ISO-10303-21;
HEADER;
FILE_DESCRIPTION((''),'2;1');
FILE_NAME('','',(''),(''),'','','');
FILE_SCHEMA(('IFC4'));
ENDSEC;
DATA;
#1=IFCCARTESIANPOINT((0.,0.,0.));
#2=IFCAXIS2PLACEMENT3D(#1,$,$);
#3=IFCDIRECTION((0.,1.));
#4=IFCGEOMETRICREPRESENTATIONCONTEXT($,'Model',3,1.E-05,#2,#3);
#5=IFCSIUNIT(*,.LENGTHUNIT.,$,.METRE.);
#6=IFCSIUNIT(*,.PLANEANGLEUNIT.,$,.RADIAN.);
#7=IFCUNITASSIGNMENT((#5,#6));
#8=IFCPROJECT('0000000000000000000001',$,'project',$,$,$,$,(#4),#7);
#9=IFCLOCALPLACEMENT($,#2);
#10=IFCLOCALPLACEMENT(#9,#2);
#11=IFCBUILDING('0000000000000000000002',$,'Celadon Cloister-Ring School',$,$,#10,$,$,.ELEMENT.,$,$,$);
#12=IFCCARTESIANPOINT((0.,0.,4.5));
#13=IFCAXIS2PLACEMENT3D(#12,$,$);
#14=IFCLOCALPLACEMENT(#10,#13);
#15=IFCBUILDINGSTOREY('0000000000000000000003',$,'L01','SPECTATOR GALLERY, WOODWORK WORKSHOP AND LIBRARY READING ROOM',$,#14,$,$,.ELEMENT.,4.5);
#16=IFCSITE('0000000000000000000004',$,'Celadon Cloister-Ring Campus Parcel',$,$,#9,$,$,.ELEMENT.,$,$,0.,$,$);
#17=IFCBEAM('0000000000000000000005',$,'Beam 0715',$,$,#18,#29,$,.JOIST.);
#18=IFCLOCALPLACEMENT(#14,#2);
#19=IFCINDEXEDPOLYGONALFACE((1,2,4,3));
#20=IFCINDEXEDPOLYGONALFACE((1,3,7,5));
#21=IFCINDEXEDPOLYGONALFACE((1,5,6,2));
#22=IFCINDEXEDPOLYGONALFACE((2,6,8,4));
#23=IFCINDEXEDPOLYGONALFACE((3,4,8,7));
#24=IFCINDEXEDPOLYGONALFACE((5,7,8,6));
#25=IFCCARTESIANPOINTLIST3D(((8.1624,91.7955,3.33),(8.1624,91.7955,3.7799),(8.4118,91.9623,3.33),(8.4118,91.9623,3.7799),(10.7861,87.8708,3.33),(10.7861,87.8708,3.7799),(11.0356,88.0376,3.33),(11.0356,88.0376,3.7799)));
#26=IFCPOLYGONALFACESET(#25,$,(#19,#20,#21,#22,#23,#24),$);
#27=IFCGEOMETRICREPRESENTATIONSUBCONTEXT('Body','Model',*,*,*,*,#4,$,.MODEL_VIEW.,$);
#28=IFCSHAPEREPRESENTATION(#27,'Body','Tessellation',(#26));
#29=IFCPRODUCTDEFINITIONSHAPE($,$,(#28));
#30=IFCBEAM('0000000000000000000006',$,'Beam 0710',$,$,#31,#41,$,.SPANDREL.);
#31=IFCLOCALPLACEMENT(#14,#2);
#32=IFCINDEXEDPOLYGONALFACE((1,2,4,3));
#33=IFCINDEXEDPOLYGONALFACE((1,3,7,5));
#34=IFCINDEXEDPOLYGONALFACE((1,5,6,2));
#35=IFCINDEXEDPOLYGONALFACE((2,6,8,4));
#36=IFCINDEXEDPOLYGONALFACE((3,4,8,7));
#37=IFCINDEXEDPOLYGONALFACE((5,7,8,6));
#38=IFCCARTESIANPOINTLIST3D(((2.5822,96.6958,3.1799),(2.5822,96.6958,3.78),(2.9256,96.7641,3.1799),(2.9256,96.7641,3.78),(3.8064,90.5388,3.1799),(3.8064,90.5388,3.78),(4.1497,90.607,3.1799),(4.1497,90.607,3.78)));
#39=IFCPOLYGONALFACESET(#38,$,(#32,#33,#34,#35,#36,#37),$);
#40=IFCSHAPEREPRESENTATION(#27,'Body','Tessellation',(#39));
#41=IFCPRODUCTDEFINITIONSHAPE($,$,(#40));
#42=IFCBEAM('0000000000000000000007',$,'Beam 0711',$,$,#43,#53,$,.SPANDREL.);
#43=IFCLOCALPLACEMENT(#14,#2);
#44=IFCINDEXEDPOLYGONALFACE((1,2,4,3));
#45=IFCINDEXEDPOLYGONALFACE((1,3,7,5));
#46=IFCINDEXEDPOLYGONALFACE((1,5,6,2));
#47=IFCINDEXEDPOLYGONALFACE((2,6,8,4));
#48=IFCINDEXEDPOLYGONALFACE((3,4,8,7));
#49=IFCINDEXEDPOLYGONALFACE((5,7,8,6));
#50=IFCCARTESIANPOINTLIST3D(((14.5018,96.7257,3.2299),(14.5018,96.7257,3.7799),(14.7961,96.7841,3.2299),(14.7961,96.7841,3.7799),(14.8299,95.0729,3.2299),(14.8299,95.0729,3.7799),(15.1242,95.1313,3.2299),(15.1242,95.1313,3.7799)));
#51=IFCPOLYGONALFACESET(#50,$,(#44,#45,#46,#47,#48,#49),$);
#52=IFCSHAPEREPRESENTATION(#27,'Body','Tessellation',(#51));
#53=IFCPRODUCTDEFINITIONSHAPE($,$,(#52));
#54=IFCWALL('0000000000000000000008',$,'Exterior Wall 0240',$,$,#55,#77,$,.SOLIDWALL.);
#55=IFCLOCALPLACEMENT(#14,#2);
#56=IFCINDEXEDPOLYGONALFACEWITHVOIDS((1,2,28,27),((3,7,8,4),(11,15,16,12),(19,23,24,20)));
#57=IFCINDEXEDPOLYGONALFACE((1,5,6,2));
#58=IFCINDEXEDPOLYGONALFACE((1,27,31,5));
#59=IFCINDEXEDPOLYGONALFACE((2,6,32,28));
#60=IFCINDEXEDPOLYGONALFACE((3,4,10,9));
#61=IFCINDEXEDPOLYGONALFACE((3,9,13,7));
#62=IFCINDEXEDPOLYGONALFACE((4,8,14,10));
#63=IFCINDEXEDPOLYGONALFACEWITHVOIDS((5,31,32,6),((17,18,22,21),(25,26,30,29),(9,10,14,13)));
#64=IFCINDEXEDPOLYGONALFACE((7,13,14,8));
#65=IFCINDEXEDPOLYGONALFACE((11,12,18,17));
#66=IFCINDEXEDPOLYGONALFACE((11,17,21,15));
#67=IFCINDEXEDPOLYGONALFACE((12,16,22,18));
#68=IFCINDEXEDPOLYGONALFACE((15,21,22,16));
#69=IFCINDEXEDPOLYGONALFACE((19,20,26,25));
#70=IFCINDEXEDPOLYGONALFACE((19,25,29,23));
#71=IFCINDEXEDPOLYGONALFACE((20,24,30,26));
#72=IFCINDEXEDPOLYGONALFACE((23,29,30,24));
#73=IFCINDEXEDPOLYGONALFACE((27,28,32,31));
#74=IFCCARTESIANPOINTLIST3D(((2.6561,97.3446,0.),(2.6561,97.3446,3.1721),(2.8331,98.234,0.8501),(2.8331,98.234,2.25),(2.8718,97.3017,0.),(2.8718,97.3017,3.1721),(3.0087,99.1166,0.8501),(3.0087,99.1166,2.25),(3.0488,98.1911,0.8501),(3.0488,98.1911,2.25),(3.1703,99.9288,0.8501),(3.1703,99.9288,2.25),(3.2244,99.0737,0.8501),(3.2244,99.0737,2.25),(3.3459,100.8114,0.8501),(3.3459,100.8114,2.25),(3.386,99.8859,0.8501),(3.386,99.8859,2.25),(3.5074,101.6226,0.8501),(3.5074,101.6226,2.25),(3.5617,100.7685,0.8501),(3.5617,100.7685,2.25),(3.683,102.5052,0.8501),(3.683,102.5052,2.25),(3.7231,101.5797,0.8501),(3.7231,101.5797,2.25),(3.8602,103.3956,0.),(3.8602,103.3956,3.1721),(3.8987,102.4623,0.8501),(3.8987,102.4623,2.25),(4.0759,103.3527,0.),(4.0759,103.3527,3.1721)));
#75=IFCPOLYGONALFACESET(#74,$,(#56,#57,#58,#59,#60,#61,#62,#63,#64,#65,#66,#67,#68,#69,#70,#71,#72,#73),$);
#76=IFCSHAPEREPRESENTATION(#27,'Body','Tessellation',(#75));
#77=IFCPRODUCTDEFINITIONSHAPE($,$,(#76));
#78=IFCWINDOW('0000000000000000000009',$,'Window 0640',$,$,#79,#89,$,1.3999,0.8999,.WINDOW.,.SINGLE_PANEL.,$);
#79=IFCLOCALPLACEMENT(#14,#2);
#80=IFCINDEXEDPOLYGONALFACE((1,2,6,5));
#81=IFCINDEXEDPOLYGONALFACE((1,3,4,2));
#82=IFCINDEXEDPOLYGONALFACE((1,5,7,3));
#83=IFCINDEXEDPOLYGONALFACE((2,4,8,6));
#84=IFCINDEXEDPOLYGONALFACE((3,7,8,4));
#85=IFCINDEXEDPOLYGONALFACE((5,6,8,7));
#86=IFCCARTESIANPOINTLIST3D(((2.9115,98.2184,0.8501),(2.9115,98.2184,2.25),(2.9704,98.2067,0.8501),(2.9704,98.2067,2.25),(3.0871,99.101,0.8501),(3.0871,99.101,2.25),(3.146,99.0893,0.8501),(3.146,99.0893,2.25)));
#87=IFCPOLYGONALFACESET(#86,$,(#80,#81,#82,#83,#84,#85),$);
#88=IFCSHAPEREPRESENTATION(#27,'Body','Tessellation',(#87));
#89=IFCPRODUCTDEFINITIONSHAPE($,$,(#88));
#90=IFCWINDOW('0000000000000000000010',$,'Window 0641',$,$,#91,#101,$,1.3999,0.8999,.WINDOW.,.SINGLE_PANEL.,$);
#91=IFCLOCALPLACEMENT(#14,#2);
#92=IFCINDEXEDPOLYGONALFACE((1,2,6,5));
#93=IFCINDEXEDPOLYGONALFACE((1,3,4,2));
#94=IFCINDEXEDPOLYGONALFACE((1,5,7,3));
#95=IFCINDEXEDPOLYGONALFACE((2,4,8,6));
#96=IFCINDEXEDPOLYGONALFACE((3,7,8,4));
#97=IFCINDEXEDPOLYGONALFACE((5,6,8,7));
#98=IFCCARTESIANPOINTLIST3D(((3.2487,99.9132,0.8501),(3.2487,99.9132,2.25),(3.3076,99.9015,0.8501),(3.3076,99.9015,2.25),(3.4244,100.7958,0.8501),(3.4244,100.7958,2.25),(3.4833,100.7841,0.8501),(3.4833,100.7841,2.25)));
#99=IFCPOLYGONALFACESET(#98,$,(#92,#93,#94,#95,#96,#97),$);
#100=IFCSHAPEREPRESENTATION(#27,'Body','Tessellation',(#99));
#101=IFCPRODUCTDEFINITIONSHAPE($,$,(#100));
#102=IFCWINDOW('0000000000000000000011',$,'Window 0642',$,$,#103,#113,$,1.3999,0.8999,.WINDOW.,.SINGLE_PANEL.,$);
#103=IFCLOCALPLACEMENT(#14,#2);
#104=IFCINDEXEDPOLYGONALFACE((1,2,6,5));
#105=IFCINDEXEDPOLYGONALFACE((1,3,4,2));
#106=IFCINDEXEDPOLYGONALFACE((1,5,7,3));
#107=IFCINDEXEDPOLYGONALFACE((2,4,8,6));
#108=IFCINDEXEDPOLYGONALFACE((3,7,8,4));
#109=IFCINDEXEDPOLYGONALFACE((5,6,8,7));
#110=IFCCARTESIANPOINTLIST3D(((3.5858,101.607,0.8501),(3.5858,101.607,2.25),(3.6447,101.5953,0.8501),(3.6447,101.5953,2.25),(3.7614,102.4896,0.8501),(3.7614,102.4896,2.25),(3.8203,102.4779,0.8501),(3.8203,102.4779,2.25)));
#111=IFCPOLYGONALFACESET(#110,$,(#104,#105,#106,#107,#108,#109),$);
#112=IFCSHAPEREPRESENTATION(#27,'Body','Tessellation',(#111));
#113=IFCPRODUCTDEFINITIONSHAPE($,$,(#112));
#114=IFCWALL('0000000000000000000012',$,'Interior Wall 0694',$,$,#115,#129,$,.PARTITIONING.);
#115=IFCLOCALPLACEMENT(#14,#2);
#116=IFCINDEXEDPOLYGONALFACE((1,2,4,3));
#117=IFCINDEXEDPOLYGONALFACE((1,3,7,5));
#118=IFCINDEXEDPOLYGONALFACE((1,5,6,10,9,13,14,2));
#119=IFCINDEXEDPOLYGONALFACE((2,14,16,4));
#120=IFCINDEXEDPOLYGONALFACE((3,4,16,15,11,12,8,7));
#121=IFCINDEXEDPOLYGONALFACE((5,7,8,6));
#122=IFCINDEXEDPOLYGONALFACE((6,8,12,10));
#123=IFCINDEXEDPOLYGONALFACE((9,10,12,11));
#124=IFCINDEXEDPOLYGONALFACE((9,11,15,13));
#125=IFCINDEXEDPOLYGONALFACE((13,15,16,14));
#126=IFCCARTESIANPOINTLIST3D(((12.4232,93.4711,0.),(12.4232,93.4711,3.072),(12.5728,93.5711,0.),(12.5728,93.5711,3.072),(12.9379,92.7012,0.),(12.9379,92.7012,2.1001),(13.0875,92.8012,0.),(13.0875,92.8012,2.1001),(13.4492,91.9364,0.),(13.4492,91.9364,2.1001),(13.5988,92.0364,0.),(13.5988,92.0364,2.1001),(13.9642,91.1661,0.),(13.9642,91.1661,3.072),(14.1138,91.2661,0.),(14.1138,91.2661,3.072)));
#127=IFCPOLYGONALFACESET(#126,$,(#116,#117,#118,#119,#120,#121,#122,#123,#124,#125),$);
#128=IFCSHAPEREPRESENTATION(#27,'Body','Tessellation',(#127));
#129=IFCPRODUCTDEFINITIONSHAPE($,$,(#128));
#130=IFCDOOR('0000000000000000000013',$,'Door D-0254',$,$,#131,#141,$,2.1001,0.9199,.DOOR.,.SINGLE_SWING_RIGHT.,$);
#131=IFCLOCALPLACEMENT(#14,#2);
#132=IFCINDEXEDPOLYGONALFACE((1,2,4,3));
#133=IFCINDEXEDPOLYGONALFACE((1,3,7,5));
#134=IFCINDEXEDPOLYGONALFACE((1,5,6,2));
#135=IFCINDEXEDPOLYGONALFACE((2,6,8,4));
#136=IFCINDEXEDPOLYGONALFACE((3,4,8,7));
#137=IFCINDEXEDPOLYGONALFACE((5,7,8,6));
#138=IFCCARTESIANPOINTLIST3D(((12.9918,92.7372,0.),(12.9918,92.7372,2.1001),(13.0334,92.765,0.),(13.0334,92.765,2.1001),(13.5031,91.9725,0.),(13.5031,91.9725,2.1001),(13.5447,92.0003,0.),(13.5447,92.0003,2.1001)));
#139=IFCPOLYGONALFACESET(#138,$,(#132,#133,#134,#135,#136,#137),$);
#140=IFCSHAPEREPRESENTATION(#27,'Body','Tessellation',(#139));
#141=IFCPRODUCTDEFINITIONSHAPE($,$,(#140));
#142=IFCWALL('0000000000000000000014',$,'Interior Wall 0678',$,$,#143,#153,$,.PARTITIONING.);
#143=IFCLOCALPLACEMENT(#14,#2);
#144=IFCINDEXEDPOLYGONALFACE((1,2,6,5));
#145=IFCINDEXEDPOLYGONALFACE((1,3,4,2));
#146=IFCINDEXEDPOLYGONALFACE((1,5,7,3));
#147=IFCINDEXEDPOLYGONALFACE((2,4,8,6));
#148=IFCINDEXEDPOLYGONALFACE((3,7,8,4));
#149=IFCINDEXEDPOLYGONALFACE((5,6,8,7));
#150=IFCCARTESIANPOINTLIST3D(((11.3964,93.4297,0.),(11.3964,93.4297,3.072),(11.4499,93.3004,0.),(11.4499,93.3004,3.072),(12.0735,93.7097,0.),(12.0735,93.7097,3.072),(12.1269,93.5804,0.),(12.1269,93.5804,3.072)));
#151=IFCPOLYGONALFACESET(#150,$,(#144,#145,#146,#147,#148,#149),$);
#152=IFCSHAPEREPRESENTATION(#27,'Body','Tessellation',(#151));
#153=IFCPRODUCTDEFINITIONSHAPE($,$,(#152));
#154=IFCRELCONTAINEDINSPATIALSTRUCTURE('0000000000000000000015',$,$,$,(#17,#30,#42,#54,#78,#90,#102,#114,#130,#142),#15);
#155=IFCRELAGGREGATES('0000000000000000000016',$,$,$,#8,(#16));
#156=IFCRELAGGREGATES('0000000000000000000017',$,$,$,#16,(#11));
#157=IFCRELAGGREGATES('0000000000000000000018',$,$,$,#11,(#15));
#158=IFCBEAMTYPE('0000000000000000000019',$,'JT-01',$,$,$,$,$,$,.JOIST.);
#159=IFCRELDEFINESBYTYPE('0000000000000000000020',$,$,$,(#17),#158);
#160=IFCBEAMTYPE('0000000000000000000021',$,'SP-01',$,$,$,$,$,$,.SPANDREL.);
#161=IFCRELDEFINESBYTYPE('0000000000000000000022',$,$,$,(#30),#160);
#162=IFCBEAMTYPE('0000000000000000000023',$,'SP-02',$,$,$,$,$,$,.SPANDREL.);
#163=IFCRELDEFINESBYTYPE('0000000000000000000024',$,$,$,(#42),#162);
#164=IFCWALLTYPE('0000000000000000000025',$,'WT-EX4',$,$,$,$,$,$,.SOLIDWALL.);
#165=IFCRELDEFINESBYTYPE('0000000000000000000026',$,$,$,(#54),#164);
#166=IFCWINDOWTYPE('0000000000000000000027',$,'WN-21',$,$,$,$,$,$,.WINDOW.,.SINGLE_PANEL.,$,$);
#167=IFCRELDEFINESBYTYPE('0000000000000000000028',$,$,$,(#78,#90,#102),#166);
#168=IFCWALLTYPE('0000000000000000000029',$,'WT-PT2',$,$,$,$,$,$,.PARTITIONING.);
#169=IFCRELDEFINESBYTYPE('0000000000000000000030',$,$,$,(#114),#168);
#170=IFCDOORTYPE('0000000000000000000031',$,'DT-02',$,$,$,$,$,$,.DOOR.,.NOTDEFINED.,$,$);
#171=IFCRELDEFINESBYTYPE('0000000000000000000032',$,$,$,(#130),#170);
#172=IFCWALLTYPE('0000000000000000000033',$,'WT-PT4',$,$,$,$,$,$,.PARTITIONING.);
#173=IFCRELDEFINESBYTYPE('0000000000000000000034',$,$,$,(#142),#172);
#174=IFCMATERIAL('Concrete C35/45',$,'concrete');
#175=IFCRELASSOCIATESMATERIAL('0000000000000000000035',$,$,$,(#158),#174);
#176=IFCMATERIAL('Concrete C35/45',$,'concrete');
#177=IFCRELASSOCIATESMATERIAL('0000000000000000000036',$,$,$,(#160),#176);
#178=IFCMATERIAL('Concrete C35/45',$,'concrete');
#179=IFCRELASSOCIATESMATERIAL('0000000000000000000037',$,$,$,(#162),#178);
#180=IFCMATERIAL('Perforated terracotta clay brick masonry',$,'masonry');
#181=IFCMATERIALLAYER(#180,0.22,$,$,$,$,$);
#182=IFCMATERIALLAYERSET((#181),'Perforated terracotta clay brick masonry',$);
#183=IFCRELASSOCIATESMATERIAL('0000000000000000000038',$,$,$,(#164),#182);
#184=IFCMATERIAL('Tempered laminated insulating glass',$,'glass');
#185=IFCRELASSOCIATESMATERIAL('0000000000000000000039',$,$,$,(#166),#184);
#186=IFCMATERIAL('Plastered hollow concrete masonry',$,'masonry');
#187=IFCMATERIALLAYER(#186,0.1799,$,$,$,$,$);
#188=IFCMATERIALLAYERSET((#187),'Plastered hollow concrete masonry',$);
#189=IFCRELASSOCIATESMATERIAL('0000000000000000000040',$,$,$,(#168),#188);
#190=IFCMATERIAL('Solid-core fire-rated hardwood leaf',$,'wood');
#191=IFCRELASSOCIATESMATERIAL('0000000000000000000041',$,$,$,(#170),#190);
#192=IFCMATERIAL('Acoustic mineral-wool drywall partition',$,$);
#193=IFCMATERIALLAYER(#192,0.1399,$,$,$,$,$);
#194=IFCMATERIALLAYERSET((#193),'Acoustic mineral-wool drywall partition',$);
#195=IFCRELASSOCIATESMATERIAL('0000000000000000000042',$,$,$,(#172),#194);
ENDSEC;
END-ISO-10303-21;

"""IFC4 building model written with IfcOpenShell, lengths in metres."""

from ifc_helpers import new_model, si_unit, direction, frame, frame_2d, origin, origin_2d, place, context, subcontext, project, spatial, rectangle, extrude, material, layer, layer_set, material_profile, profile_set, type_object, element, fill, save


model = new_model("IFC4")

# Units and contexts
model_context = context("Model", 3, precision=1e-05, world=origin(), true_north=direction((0.0, 1.0)))
body_context = subcontext(model_context, "Body", "Model", "MODEL_VIEW")
ifc_project = project(units=[si_unit("LENGTHUNIT", "METRE"), si_unit("PLANEANGLEUNIT", "RADIAN")], contexts=[model_context])

# Site, building, storey
site_placement = place(None, origin())
site = spatial("IfcSite", under=ifc_project, at=site_placement, Name="Celadon Cloister-Ring Campus Parcel", CompositionType="ELEMENT", RefElevation=0.0)
building_placement = place(site_placement, origin())
building = spatial("IfcBuilding", under=site, at=building_placement, Name="Celadon Cloister-Ring School", CompositionType="ELEMENT")
storey_placement = place(building_placement, frame((0.0, 0.0, 4.5)))
storey = spatial("IfcBuildingStorey", under=building, at=storey_placement, Name="L01", Description="SPECTATOR GALLERY, WOODWORK WORKSHOP AND LIBRARY READING ROOM", CompositionType="ELEMENT", Elevation=4.5)

# Beams
ifc_material_1 = material(Name="Concrete C35/45", Category="concrete")
ifc_material_profile_1 = material_profile(ifc_material_1, rectangle(XDim=0.3, YDim=0.45, at=origin_2d()), Name="RC300X450")
ifc_profile_set_1 = profile_set([ifc_material_profile_1], Name="Concrete C35/45")
beam_type_1 = type_object("IfcBeamType", Name="JT-01", PredefinedType="JOIST", material=ifc_profile_set_1)
beam_1_placement = place(storey_placement, frame((8.2871, 91.8789, 3.5549), z_axis=(0.555762, -0.831342, 0.0), x_axis=(0.831342, 0.555762, 0.0)))
element("IfcBeam", 1, at=beam_1_placement, inside=storey, type_object=beam_type_1, Name="Beam 0715", PredefinedType="JOIST", context=body_context, shape_type="SweptSolid", body=[
    extrude(rectangle(XDim=0.3, YDim=0.45, at=origin_2d()), origin(), (0.0, 0.0, 1.0), 4.7209),
])
ifc_material_2 = material(Name="Concrete C35/45", Category="concrete")
ifc_material_profile_2 = material_profile(ifc_material_2, rectangle(XDim=0.3501, YDim=0.6001, at=origin_2d()), Name="RC350X600")
ifc_profile_set_2 = profile_set([ifc_material_profile_2], Name="Concrete C35/45")
beam_type_2 = type_object("IfcBeamType", Name="SP-01", PredefinedType="SPANDREL", material=ifc_profile_set_2)
beam_2_placement = place(storey_placement, frame((2.7539, 96.73, 3.48), z_axis=(0.195002, -0.980803, 0.0), x_axis=(0.980803, 0.195002, 0.0)))
element("IfcBeam", 2, at=beam_2_placement, inside=storey, type_object=beam_type_2, Name="Beam 0710", PredefinedType="SPANDREL", context=body_context, shape_type="SweptSolid", body=[
    extrude(rectangle(XDim=0.3501, YDim=0.6001, at=origin_2d()), origin(), (0.0, 0.0, 1.0), 6.2776),
])
ifc_material_3 = material(Name="Concrete C35/45", Category="concrete")
ifc_material_profile_3 = material_profile(ifc_material_3, rectangle(XDim=0.3, YDim=0.55, at=origin_2d()), Name="RC300X550")
ifc_profile_set_3 = profile_set([ifc_material_profile_3], Name="Concrete C35/45")
beam_type_3 = type_object("IfcBeamType", Name="SP-02", PredefinedType="SPANDREL", material=ifc_profile_set_3)
beam_3_placement = place(storey_placement, frame((14.6489, 96.7549, 3.5049), z_axis=(0.194723, -0.980858, 0.0), x_axis=(0.980858, 0.194723, 0.0)))
element("IfcBeam", 3, at=beam_3_placement, inside=storey, type_object=beam_type_3, Name="Beam 0711", PredefinedType="SPANDREL", context=body_context, shape_type="SweptSolid", body=[
    extrude(rectangle(XDim=0.3, YDim=0.55, at=origin_2d()), origin(), (0.0, 0.0, 1.0), 1.6851),
])

# Wall, openings, windows
ifc_material_4 = material(Name="Perforated terracotta clay brick masonry", Category="masonry")
ifc_layer_1 = layer(ifc_material_4, 0.22)
ifc_layer_set_1 = layer_set([ifc_layer_1], Name="Perforated terracotta clay brick masonry")
wall_type_1 = type_object("IfcWallType", Name="WT-EX4", PredefinedType="SOLIDWALL", material=ifc_layer_set_1)
wall_1_placement = place(storey_placement, frame((2.7639, 97.323, 0.0), z_axis=(0.0, 0.0, 1.0), x_axis=(0.195165, 0.98077, 0.0)))
wall_1 = element("IfcWall", 4, at=wall_1_placement, inside=storey, type_object=wall_type_1, Name="Exterior Wall 0240", PredefinedType="SOLIDWALL", context=body_context, shape_type="SweptSolid", body=[
    extrude(rectangle(XDim=6.1697, YDim=0.22, at=frame_2d((3.085, 0.0))), origin(), (0.0, 0.0, 1.0), 3.1721),
])
opening_1_placement = place(wall_1_placement, frame((0.907, 0.0, 0.8501)))
opening_1 = element("IfcOpeningElement", 5, at=opening_1_placement, cuts=wall_1, PredefinedType="OPENING", context=body_context, shape_type="SweptSolid", body=[
    extrude(rectangle(XDim=0.8999, YDim=1.3999, at=frame_2d((0.45, 0.7))), frame((0.0, 0.1201, 0.0), z_axis=(0.0, -1.0, 0.0), x_axis=(1.0, 0.0, 0.0)), (0.0, 0.0, 1.0), 0.24),
])
opening_2_placement = place(wall_1_placement, frame((2.635, 0.0, 0.8501)))
opening_2 = element("IfcOpeningElement", 6, at=opening_2_placement, cuts=wall_1, PredefinedType="OPENING", context=body_context, shape_type="SweptSolid", body=[
    extrude(rectangle(XDim=0.8999, YDim=1.3999, at=frame_2d((0.45, 0.7))), frame((0.0, 0.1201, 0.0), z_axis=(0.0, -1.0, 0.0), x_axis=(1.0, 0.0, 0.0)), (0.0, 0.0, 1.0), 0.24),
])
opening_3_placement = place(wall_1_placement, frame((4.3621, 0.0, 0.8501)))
opening_3 = element("IfcOpeningElement", 7, at=opening_3_placement, cuts=wall_1, PredefinedType="OPENING", context=body_context, shape_type="SweptSolid", body=[
    extrude(rectangle(XDim=0.8999, YDim=1.3999, at=frame_2d((0.45, 0.7))), frame((0.0, 0.1201, 0.0), z_axis=(0.0, -1.0, 0.0), x_axis=(1.0, 0.0, 0.0)), (0.0, 0.0, 1.0), 0.24),
])
ifc_material_5 = material(Name="Tempered laminated insulating glass", Category="glass")
window_type = type_object("IfcWindowType", Name="WN-21", PartitioningType="SINGLE_PANEL", PredefinedType="WINDOW", material=ifc_material_5)
window_1_placement = place(opening_1_placement, origin())
window_1 = element("IfcWindow", 8, at=window_1_placement, inside=storey, type_object=window_type, Name="Window 0640", OverallHeight=1.3999, OverallWidth=0.8999, PartitioningType="SINGLE_PANEL", PredefinedType="WINDOW", context=body_context, shape_type="SweptSolid", body=[
    extrude(rectangle(XDim=0.8999, YDim=1.3999, at=frame_2d((0.45, 0.7))), frame((0.0, 0.03, 0.0), z_axis=(0.0, -1.0, 0.0), x_axis=(1.0, 0.0, 0.0)), (0.0, 0.0, 1.0), 0.0601),
])
fill(opening_1, window_1)
window_2_placement = place(opening_2_placement, origin())
window_2 = element("IfcWindow", 9, at=window_2_placement, inside=storey, type_object=window_type, Name="Window 0641", OverallHeight=1.3999, OverallWidth=0.8999, PartitioningType="SINGLE_PANEL", PredefinedType="WINDOW", context=body_context, shape_type="SweptSolid", body=[
    extrude(rectangle(XDim=0.8999, YDim=1.3999, at=frame_2d((0.45, 0.7))), frame((0.0, 0.03, 0.0), z_axis=(0.0, -1.0, 0.0), x_axis=(1.0, 0.0, 0.0)), (0.0, 0.0, 1.0), 0.0601),
])
fill(opening_2, window_2)
window_3_placement = place(opening_3_placement, origin())
window_3 = element("IfcWindow", 10, at=window_3_placement, inside=storey, type_object=window_type, Name="Window 0642", OverallHeight=1.3999, OverallWidth=0.8999, PartitioningType="SINGLE_PANEL", PredefinedType="WINDOW", context=body_context, shape_type="SweptSolid", body=[
    extrude(rectangle(XDim=0.8999, YDim=1.3999, at=frame_2d((0.45, 0.7))), frame((0.0, 0.03, 0.0), z_axis=(0.0, -1.0, 0.0), x_axis=(1.0, 0.0, 0.0)), (0.0, 0.0, 1.0), 0.0601),
])
fill(opening_3, window_3)

# Wall, opening, door
ifc_material_6 = material(Name="Plastered hollow concrete masonry", Category="masonry")
ifc_layer_2 = layer(ifc_material_6, 0.1799)
ifc_layer_set_2 = layer_set([ifc_layer_2], Name="Plastered hollow concrete masonry")
wall_type_2 = type_object("IfcWallType", Name="WT-PT2", PredefinedType="PARTITIONING", material=ifc_layer_set_2)
wall_2_placement = place(storey_placement, frame((12.498, 93.521, 0.0), z_axis=(0.0, 0.0, 1.0), x_axis=(0.555797, -0.831318, 0.0)))
wall_2 = element("IfcWall", 11, at=wall_2_placement, inside=storey, type_object=wall_type_2, Name="Interior Wall 0694", PredefinedType="PARTITIONING", context=body_context, shape_type="SweptSolid", body=[
    extrude(rectangle(XDim=2.7727, YDim=0.1799, at=frame_2d((1.3862, 0.0))), origin(), (0.0, 0.0, 1.0), 3.072),
])
opening_4_placement = place(wall_2_placement, frame((0.926, 0.0, 0.0)))
opening_4 = element("IfcOpeningElement", 12, at=opening_4_placement, cuts=wall_2, PredefinedType="OPENING", context=body_context, shape_type="SweptSolid", body=[
    extrude(rectangle(XDim=0.9199, YDim=2.1001, at=frame_2d((0.46, 1.05))), frame((0.0, 0.1001, 0.0), z_axis=(0.0, -1.0, 0.0), x_axis=(1.0, 0.0, 0.0)), (0.0, 0.0, 1.0), 0.2),
])
ifc_material_7 = material(Name="Solid-core fire-rated hardwood leaf", Category="wood")
door_type = type_object("IfcDoorType", Name="DT-02", OperationType="NOTDEFINED", PredefinedType="DOOR", material=ifc_material_7)
door_placement = place(opening_4_placement, origin())
door = element("IfcDoor", 13, at=door_placement, inside=storey, type_object=door_type, Name="Door D-0254", OperationType="SINGLE_SWING_RIGHT", OverallHeight=2.1001, OverallWidth=0.9199, PredefinedType="DOOR", context=body_context, shape_type="SweptSolid", body=[
    extrude(rectangle(XDim=0.9199, YDim=2.1001, at=frame_2d((0.46, 1.05))), frame((0.0, 0.0249, 0.0), z_axis=(0.0, -1.0, 0.0), x_axis=(1.0, 0.0, 0.0)), (0.0, 0.0, 1.0), 0.05),
])
fill(opening_4, door)

# Wall
ifc_material_8 = material(Name="Acoustic mineral-wool drywall partition")
ifc_layer_3 = layer(ifc_material_8, 0.1399)
ifc_layer_set_3 = layer_set([ifc_layer_3], Name="Acoustic mineral-wool drywall partition")
wall_type_3 = type_object("IfcWallType", Name="WT-PT4", PredefinedType="PARTITIONING", material=ifc_layer_set_3)
wall_3_placement = place(storey_placement, frame((12.1001, 93.645, 0.0), z_axis=(0.0, 0.0, 1.0), x_axis=(-0.92407, -0.382224, 0.0)))
element("IfcWall", 14, at=wall_3_placement, inside=storey, type_object=wall_type_3, Name="Interior Wall 0678", PredefinedType="PARTITIONING", context=body_context, shape_type="SweptSolid", body=[
    extrude(rectangle(XDim=0.7327, YDim=0.1399, at=frame_2d((0.3662, 0.0))), origin(), (0.0, 0.0, 1.0), 3.072),
])

save(model, "model.ifc")
